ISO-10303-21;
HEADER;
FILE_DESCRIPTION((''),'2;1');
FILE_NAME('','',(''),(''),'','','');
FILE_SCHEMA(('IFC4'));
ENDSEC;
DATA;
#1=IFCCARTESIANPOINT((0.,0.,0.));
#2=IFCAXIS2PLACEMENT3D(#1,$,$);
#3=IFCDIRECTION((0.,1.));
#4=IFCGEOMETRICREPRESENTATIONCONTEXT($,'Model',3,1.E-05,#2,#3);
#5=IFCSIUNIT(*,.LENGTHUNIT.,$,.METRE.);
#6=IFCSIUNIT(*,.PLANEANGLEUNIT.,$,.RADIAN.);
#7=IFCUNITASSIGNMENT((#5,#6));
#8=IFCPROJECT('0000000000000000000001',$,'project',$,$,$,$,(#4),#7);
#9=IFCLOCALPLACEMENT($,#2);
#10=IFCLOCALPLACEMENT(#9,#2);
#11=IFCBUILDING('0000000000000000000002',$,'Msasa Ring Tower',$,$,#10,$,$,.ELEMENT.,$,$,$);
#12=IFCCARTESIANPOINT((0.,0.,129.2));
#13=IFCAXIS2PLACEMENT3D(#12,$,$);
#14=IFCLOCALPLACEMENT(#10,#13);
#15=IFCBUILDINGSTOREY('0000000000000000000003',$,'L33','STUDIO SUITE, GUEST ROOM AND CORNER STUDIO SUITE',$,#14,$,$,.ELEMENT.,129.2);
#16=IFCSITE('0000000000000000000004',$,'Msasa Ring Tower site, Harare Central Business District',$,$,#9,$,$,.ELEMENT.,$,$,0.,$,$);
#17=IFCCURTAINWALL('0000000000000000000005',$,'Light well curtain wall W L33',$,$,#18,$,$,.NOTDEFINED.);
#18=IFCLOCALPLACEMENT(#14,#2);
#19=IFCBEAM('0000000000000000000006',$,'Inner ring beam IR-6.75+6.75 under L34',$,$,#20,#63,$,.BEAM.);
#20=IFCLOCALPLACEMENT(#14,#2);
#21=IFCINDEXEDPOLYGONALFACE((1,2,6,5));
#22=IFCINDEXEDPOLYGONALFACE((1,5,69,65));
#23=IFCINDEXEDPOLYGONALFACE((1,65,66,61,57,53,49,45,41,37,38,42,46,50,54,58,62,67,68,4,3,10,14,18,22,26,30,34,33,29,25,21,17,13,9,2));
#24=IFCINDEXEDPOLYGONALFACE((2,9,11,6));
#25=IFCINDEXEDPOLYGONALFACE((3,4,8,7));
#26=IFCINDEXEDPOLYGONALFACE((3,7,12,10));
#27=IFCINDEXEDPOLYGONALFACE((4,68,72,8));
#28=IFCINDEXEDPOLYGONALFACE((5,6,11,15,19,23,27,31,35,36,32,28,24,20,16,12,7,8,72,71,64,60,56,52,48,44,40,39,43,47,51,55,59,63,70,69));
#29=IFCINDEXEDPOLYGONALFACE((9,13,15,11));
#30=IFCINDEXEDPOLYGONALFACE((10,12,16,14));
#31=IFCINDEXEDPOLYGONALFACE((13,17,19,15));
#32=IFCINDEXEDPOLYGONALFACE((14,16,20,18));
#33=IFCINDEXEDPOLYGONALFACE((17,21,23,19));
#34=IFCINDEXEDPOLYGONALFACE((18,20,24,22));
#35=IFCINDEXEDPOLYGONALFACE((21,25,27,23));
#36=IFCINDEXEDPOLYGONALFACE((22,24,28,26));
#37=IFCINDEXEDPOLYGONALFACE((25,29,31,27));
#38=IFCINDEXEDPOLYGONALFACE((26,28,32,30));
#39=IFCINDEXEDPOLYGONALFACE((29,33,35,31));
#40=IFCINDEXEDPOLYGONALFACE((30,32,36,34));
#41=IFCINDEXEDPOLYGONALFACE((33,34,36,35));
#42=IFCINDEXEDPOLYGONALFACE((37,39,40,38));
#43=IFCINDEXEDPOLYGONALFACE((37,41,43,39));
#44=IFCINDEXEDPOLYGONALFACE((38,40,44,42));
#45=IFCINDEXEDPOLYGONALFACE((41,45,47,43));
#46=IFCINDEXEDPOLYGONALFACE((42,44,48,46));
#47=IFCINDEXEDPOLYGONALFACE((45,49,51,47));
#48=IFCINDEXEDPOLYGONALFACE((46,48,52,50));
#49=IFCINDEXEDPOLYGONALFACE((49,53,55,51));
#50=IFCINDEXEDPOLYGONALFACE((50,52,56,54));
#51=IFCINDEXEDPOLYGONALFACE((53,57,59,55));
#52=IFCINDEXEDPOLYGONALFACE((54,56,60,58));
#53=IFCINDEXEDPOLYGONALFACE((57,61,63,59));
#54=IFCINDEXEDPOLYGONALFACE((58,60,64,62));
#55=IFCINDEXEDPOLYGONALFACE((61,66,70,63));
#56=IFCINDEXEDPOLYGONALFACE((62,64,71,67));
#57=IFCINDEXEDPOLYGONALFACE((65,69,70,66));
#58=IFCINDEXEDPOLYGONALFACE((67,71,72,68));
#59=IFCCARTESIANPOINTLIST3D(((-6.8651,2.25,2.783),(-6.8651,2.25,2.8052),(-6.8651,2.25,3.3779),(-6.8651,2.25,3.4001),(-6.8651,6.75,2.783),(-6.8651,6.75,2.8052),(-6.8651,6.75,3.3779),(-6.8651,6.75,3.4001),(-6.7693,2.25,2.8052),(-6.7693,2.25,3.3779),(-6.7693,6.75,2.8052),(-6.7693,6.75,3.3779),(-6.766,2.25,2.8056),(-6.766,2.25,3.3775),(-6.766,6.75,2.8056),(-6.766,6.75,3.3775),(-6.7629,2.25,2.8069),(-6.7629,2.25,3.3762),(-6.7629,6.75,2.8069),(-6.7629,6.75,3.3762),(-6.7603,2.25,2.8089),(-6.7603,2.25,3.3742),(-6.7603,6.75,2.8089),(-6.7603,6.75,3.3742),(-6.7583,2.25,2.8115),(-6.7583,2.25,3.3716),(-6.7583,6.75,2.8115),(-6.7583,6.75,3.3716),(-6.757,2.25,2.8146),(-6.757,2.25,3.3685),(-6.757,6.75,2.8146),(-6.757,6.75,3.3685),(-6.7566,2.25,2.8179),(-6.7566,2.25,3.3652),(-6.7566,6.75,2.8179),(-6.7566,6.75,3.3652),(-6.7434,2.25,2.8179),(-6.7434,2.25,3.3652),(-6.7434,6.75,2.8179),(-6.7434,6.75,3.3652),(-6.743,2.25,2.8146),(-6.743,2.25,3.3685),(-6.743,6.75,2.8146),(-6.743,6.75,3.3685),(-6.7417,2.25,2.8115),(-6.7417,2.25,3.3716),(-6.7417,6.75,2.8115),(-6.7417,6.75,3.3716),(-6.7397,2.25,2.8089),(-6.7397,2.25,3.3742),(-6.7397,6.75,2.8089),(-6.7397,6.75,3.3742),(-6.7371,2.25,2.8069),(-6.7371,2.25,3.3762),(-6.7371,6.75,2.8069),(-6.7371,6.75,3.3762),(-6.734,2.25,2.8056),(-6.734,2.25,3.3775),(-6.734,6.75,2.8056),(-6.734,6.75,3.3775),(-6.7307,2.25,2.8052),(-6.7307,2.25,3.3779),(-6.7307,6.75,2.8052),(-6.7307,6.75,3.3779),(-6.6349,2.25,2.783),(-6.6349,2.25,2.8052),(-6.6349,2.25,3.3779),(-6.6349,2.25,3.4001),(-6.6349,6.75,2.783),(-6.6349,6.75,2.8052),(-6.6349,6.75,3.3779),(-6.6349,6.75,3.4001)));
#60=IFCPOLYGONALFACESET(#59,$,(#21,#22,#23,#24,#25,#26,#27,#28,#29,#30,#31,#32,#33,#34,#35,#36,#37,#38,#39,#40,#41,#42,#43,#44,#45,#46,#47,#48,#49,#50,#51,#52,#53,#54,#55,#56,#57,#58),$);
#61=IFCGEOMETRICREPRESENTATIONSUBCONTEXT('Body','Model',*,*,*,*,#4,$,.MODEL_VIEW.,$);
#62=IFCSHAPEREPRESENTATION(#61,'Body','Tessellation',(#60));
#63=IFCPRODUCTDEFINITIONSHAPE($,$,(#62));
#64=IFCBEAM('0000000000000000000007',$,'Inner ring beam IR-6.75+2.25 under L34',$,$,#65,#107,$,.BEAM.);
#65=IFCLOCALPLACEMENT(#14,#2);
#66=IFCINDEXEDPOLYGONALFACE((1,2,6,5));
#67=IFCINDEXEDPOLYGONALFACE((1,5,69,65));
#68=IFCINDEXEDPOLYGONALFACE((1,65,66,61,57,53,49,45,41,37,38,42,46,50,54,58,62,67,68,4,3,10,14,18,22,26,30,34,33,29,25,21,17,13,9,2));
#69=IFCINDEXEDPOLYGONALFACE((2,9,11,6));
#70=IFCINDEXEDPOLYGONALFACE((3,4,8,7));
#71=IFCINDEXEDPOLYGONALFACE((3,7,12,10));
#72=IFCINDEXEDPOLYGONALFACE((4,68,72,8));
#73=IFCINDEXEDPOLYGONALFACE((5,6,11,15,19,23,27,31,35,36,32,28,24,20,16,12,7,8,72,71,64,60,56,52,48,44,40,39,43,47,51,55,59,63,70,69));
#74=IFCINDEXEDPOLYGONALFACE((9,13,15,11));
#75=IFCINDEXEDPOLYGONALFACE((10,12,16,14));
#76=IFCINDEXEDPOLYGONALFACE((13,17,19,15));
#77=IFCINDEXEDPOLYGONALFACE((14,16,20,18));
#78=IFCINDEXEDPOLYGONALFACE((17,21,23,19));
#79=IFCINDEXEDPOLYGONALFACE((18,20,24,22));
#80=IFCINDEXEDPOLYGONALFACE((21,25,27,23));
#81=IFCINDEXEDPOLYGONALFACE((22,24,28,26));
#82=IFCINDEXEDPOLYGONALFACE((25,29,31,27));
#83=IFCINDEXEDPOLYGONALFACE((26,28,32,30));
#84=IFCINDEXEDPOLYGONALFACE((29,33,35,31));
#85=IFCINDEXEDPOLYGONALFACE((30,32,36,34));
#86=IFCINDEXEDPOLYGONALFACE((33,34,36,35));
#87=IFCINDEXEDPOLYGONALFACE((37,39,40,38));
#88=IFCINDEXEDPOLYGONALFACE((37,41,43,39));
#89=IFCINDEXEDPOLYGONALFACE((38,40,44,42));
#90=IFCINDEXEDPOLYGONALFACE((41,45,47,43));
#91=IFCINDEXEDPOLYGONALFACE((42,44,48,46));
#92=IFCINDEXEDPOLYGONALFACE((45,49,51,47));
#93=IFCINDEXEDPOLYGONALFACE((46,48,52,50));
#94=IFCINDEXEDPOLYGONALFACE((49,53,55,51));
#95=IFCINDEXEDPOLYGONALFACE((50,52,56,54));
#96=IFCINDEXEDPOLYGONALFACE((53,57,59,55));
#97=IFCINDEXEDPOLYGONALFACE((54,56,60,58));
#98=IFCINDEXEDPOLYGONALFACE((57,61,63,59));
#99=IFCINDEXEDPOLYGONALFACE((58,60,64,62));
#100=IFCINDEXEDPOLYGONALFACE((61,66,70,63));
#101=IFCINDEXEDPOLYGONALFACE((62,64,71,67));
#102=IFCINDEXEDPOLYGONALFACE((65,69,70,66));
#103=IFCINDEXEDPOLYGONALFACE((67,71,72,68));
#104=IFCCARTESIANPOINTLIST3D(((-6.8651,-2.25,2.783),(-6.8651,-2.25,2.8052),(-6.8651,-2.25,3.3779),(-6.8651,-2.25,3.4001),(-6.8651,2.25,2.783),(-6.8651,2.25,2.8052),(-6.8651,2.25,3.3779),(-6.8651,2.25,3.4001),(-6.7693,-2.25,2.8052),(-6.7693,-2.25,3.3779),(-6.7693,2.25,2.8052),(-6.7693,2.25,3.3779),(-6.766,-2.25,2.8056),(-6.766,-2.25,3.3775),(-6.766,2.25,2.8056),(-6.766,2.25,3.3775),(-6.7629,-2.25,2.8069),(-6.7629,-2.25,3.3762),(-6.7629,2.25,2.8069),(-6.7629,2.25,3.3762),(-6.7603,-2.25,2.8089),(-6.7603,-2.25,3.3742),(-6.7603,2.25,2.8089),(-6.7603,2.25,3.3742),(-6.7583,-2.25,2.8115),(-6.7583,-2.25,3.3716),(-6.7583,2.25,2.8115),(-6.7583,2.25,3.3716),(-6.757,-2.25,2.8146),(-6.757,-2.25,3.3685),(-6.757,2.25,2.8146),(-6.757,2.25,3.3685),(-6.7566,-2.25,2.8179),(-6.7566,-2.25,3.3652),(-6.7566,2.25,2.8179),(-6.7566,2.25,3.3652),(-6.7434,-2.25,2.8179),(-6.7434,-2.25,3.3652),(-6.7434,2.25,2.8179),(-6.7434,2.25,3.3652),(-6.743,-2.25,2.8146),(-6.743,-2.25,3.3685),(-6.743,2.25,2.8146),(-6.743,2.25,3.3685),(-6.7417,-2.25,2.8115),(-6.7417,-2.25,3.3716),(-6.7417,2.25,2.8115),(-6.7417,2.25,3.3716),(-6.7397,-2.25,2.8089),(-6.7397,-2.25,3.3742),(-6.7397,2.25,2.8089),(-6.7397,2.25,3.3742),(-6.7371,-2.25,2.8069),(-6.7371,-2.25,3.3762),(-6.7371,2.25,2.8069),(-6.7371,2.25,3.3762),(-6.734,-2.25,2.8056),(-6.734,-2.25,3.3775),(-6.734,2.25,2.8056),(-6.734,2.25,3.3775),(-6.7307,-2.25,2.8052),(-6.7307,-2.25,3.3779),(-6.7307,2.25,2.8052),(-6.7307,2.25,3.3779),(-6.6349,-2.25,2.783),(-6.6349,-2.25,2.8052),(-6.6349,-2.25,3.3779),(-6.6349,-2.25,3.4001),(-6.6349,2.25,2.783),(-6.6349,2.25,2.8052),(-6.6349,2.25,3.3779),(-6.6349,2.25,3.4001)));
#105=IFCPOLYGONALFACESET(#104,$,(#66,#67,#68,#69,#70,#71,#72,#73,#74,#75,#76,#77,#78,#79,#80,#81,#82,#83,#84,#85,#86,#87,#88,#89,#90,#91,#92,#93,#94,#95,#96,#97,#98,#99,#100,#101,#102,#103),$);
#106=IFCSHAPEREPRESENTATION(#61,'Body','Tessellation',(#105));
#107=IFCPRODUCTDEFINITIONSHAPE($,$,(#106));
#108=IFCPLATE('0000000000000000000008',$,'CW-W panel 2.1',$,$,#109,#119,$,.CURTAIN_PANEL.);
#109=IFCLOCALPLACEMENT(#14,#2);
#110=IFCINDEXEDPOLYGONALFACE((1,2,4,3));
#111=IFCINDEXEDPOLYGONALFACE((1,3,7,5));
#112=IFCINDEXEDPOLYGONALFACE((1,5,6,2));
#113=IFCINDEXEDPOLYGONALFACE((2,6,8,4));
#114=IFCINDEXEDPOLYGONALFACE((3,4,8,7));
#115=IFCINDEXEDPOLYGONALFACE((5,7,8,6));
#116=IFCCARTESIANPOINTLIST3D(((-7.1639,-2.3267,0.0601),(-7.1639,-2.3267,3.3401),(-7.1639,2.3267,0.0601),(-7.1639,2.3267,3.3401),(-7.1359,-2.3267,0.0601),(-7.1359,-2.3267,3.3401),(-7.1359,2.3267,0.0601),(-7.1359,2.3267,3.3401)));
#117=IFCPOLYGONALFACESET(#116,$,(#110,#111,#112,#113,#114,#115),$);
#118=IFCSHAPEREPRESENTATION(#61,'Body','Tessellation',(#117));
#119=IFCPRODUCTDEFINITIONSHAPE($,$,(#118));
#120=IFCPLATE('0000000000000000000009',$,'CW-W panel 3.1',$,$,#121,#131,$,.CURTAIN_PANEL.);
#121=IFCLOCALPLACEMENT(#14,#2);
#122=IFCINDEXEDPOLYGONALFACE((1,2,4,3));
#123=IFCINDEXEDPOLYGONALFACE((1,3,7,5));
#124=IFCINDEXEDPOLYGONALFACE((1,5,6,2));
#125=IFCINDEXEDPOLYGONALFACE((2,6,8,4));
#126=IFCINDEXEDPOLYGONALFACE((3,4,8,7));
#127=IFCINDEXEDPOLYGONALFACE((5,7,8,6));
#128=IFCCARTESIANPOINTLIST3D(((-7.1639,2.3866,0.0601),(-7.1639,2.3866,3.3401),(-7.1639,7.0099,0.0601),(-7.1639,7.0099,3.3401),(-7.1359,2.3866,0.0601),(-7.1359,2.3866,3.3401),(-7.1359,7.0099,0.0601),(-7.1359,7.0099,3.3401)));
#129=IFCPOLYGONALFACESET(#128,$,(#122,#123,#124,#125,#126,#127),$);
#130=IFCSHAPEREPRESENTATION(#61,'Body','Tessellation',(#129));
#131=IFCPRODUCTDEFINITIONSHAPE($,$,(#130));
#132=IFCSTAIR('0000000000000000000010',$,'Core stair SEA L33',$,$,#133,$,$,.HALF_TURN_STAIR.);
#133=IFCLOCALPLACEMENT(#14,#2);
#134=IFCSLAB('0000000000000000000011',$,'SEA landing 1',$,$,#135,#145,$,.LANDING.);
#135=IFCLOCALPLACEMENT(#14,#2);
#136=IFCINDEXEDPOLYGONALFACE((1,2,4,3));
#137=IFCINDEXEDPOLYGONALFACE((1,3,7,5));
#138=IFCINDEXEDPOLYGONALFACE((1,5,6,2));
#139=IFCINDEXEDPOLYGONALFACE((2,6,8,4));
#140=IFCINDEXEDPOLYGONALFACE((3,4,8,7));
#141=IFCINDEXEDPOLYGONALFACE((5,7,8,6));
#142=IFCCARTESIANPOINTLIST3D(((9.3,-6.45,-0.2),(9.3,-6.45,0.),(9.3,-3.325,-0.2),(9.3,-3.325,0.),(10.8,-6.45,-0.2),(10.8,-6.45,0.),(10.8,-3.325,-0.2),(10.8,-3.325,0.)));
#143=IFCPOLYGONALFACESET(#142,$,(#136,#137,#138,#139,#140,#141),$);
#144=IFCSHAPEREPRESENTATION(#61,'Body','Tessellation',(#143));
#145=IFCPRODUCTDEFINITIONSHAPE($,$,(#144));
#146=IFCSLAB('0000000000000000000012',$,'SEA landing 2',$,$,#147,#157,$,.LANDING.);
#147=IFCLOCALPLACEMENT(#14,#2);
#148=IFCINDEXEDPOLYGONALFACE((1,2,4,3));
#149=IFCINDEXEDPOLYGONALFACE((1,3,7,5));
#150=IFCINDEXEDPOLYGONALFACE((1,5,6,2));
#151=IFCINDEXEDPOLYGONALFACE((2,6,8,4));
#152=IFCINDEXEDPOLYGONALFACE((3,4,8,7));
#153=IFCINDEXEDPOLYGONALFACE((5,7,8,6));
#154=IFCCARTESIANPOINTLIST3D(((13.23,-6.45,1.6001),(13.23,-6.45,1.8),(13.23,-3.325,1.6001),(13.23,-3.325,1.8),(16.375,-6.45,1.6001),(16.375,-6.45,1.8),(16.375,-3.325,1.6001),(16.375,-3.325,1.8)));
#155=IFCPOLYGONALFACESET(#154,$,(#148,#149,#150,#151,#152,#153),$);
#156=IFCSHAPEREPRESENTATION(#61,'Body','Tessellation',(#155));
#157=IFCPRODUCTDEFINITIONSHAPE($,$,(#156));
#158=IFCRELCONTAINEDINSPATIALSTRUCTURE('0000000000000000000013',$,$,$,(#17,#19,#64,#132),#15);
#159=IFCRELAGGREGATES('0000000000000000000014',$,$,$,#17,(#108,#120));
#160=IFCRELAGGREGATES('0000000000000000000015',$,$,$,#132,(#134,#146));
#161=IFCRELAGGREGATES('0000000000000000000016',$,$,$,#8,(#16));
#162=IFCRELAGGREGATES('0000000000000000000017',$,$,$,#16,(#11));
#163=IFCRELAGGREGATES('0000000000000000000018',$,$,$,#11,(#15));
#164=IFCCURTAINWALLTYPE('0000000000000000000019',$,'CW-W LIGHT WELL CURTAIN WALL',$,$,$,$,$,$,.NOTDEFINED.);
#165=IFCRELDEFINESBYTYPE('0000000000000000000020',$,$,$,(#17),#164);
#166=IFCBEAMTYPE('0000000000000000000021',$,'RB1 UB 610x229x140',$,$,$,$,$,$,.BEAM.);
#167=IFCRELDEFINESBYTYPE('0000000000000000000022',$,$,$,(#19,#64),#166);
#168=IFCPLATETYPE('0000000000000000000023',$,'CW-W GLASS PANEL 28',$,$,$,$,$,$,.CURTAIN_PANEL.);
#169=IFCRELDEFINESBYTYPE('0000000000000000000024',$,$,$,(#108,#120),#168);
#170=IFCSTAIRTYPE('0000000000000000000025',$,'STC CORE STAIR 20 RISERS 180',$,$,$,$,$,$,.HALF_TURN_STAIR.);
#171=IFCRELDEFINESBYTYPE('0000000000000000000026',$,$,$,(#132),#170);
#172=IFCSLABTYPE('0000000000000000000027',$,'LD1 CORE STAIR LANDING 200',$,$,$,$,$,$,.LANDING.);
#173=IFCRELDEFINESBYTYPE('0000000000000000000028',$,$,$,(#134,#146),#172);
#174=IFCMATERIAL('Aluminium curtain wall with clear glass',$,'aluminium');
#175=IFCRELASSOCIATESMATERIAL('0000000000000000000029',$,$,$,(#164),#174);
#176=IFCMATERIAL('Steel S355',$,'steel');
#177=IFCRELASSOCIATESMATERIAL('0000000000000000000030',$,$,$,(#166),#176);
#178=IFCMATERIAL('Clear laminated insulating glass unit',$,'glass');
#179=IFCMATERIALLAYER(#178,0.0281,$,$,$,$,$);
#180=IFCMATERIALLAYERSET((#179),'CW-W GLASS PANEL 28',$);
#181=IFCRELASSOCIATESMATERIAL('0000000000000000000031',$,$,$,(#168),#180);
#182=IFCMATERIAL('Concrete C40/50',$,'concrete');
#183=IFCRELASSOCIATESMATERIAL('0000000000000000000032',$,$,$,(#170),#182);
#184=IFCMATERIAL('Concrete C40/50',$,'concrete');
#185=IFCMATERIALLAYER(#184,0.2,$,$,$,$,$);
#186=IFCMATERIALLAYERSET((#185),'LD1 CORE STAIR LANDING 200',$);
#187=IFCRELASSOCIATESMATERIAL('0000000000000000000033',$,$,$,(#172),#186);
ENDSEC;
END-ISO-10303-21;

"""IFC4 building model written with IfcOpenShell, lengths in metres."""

from ifc_helpers import new_model, si_unit, direction, frame, origin, origin_2d, place, context, subcontext, project, spatial, polyline, rectangle, i_section, outline, extrude, material, layer, layer_set, material_profile, profile_set, type_object, element, aggregate, save


model = new_model("IFC4")

# Units and contexts
model_context = context("Model", 3, precision=1e-05, world=origin(), true_north=direction((0.0, 1.0)))
body_context = subcontext(model_context, "Body", "Model", "MODEL_VIEW")
ifc_project = project(units=[si_unit("LENGTHUNIT", "METRE"), si_unit("PLANEANGLEUNIT", "RADIAN")], contexts=[model_context])

# Site, building, storey
site_placement = place(None, origin())
site = spatial("IfcSite", under=ifc_project, at=site_placement, Name="Msasa Ring Tower site, Harare Central Business District", CompositionType="ELEMENT", RefElevation=0.0)
building_placement = place(site_placement, origin())
building = spatial("IfcBuilding", under=site, at=building_placement, Name="Msasa Ring Tower", CompositionType="ELEMENT")
storey_placement = place(building_placement, frame((0.0, 0.0, 129.2)))
storey = spatial("IfcBuildingStorey", under=building, at=storey_placement, Name="L33", Description="STUDIO SUITE, GUEST ROOM AND CORNER STUDIO SUITE", CompositionType="ELEMENT", Elevation=129.2)

# Shared definitions
ifc_material_1 = material(Name="Aluminium curtain wall with clear glass", Category="aluminium")
curtain_wall_type = type_object("IfcCurtainWallType", Name="CW-W LIGHT WELL CURTAIN WALL", PredefinedType="NOTDEFINED", material=ifc_material_1)

# Curtain wall
curtain_wall_1_placement = place(storey_placement, origin())
curtain_wall_1 = element("IfcCurtainWall", 1, at=curtain_wall_1_placement, inside=storey, type_object=curtain_wall_type, Name="Light well curtain wall W L33", PredefinedType="NOTDEFINED")

# Beams
ifc_material_2 = material(Name="Steel S355", Category="steel")
ifc_material_profile_1 = material_profile(ifc_material_2, i_section(OverallWidth=0.2302, OverallDepth=0.6172, WebThickness=0.0132, FlangeThickness=0.0222, FilletRadius=0.0127, at=origin_2d()), Name="UB 610x229x140")
ifc_profile_set_1 = profile_set([ifc_material_profile_1], Name="Steel S355")
beam_type = type_object("IfcBeamType", Name="RB1 UB 610x229x140", PredefinedType="BEAM", material=ifc_profile_set_1)
for number, where, z_axis, x_axis, name in (
    (2, (-6.75, 6.75, 3.0916), (0.0, -1.0, 0.0), (1.0, 0.0, 0.0), "Inner ring beam IR-6.75+6.75 under L34"),
    (3, (-6.75, 2.25, 3.0916), (0.0, -1.0, 0.0), (1.0, 0.0, 0.0), "Inner ring beam IR-6.75+2.25 under L34"),
):
    element("IfcBeam", number, at=place(storey_placement, frame(where, z_axis=z_axis, x_axis=x_axis)), inside=storey, type_object=beam_type, Name=name, PredefinedType="BEAM", context=body_context, shape_type="SweptSolid", body=[
        extrude(i_section(OverallWidth=0.2302, OverallDepth=0.6172, WebThickness=0.0132, FlangeThickness=0.0222, FilletRadius=0.0127, at=origin_2d()), origin(), (0.0, 0.0, 1.0), 4.5),
    ])

# Plates
ifc_material_3 = material(Name="Clear laminated insulating glass unit", Category="glass")
ifc_layer_1 = layer(ifc_material_3, 0.0281)
ifc_layer_set_1 = layer_set([ifc_layer_1], Name="CW-W GLASS PANEL 28")
plate_type = type_object("IfcPlateType", Name="CW-W GLASS PANEL 28", PredefinedType="CURTAIN_PANEL", material=ifc_layer_set_1)
plate_1_placement = place(storey_placement, frame((-7.1499, 0.0, 0.0601), z_axis=(0.0, 0.0, 1.0), x_axis=(0.0, 1.0, 0.0)))
plate_1 = element("IfcPlate", 4, at=plate_1_placement, type_object=plate_type, Name="CW-W panel 2.1", PredefinedType="CURTAIN_PANEL", context=body_context, shape_type="SweptSolid", body=[
    extrude(rectangle(XDim=4.6533, YDim=0.0281, at=origin_2d()), origin(), (0.0, 0.0, 1.0), 3.28),
])
plate_2_placement = place(storey_placement, frame((-7.1499, 4.6982, 0.0601), z_axis=(0.0, 0.0, 1.0), x_axis=(0.0, 1.0, 0.0)))
plate_2 = element("IfcPlate", 5, at=plate_2_placement, type_object=plate_type, Name="CW-W panel 3.1", PredefinedType="CURTAIN_PANEL", context=body_context, shape_type="SweptSolid", body=[
    extrude(rectangle(XDim=4.6233, YDim=0.0281, at=origin_2d()), origin(), (0.0, 0.0, 1.0), 3.28),
])
aggregate(curtain_wall_1, [plate_1, plate_2])

# Stair, slabs
ifc_material_4 = material(Name="Concrete C40/50", Category="concrete")
stair_type = type_object("IfcStairType", Name="STC CORE STAIR 20 RISERS 180", PredefinedType="HALF_TURN_STAIR", material=ifc_material_4)
stair_1_placement = place(storey_placement, origin())
stair_1 = element("IfcStair", 6, at=stair_1_placement, inside=storey, type_object=stair_type, Name="Core stair SEA L33", PredefinedType="HALF_TURN_STAIR")
ifc_material_5 = material(Name="Concrete C40/50", Category="concrete")
ifc_layer_2 = layer(ifc_material_5, 0.2)
ifc_layer_set_2 = layer_set([ifc_layer_2], Name="LD1 CORE STAIR LANDING 200")
slab_type_1 = type_object("IfcSlabType", Name="LD1 CORE STAIR LANDING 200", PredefinedType="LANDING", material=ifc_layer_set_2)
slab_1_placement = place(storey_placement, frame((0.0, 0.0, -0.2)))
slab_1 = element("IfcSlab", 7, at=slab_1_placement, type_object=slab_type_1, Name="SEA landing 1", PredefinedType="LANDING", context=body_context, shape_type="SweptSolid", body=[
    extrude(outline(polyline([(9.3, -6.45), (10.8, -6.45), (10.8, -3.325), (9.3, -3.325), (9.3, -6.45)])), origin(), (0.0, 0.0, 1.0), 0.2),
])
slab_2_placement = place(storey_placement, frame((0.0, 0.0, 1.6001)))
slab_2 = element("IfcSlab", 8, at=slab_2_placement, type_object=slab_type_1, Name="SEA landing 2", PredefinedType="LANDING", context=body_context, shape_type="SweptSolid", body=[
    extrude(outline(polyline([(13.23, -6.45), (16.375, -6.45), (16.375, -3.325), (13.23, -3.325), (13.23, -6.45)])), origin(), (0.0, 0.0, 1.0), 0.2),
])
aggregate(stair_1, [slab_1, slab_2])

save(model, "model.ifc")
